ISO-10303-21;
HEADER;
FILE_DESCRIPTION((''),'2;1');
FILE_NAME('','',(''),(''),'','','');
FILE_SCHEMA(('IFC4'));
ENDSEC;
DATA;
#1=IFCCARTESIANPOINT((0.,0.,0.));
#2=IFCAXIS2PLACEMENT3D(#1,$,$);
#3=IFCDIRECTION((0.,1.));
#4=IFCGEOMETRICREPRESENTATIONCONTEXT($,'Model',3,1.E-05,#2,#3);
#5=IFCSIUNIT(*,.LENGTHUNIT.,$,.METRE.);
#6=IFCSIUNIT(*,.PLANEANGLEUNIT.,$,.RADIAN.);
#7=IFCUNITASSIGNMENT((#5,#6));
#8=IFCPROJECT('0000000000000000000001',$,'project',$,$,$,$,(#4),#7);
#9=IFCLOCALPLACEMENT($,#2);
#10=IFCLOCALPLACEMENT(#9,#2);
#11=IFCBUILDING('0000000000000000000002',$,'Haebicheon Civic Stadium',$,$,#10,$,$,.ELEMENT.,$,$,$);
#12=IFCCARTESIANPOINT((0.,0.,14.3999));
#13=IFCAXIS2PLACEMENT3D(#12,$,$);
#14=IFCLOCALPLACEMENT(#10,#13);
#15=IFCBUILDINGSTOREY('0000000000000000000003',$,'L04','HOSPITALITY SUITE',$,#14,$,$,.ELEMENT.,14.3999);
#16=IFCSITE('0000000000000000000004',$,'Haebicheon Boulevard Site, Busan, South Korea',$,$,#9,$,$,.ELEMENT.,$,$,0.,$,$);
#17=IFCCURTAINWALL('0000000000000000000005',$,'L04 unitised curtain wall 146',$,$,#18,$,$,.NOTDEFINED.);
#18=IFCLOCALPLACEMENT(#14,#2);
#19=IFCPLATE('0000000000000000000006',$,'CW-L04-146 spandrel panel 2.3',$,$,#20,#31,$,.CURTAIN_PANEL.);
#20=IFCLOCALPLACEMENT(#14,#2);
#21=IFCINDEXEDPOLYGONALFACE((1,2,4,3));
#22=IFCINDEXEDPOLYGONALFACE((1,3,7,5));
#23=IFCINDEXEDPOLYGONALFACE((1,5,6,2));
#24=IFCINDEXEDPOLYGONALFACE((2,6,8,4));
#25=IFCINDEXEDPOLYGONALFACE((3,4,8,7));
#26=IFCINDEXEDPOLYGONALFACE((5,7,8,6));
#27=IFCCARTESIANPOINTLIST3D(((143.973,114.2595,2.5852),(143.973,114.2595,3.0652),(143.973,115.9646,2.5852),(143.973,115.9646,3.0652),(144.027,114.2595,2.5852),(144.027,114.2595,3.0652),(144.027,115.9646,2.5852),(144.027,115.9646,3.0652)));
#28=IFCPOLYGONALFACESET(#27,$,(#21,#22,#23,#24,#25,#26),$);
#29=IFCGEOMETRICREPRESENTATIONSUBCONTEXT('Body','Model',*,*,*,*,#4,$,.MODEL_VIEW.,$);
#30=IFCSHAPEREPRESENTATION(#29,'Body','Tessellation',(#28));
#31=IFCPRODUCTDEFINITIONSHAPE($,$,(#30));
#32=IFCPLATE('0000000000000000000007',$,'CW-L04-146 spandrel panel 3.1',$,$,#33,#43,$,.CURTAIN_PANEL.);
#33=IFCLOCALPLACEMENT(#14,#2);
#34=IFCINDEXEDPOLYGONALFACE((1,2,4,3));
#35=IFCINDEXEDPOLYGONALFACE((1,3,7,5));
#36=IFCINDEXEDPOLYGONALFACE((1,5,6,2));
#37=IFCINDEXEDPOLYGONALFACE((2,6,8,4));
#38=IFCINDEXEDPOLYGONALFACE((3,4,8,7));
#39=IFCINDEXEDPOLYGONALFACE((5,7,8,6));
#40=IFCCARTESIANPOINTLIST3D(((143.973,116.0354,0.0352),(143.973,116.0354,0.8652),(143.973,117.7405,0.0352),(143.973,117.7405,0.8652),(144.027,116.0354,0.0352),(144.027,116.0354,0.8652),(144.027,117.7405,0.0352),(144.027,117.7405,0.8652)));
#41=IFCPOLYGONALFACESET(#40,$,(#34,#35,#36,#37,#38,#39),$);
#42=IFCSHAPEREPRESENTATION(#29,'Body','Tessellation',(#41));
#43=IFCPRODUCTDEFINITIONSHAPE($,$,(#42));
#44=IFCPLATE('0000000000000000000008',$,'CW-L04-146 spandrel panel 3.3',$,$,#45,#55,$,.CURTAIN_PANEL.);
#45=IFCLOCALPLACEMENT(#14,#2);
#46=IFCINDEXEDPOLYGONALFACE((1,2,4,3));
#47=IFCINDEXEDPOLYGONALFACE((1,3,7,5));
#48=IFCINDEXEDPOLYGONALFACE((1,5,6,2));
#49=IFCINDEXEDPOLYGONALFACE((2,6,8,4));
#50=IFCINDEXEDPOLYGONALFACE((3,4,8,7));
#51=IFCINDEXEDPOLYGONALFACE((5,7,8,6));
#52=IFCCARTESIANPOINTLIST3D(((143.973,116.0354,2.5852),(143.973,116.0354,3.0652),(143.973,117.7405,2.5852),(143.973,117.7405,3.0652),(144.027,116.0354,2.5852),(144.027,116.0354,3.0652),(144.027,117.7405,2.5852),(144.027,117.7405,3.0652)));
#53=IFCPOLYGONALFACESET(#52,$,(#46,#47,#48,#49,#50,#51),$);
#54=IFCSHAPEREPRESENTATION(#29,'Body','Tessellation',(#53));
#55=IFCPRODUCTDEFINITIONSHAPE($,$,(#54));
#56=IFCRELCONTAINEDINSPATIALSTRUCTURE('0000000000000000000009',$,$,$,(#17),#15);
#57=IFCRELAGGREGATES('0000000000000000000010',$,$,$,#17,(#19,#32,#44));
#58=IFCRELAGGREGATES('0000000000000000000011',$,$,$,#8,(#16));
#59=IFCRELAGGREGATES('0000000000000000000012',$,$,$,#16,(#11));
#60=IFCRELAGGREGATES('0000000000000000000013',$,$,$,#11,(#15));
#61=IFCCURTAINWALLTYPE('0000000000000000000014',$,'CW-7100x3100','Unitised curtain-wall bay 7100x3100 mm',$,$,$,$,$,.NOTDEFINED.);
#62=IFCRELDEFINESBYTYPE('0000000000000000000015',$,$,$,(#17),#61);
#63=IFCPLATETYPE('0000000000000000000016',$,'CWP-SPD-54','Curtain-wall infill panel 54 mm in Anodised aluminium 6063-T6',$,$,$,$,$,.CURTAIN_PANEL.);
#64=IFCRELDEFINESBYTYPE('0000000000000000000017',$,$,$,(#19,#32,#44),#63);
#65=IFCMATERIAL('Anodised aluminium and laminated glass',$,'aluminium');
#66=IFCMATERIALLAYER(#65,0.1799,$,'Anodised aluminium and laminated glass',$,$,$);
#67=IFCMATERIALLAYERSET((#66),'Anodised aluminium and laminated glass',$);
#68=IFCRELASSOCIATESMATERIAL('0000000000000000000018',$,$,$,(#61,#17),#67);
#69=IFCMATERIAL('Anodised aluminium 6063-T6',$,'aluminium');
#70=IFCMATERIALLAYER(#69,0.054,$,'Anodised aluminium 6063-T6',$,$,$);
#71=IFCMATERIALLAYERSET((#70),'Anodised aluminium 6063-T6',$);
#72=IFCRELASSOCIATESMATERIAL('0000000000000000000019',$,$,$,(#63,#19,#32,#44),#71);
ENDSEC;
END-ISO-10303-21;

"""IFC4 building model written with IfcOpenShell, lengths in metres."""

from ifc_helpers import new_model, si_unit, direction, frame, origin, origin_2d, place, context, subcontext, project, spatial, rectangle, extrude, material, layer, layer_set, type_object, element, aggregate, save


model = new_model("IFC4")

# Units and contexts
model_context = context("Model", 3, precision=1e-05, world=origin(), true_north=direction((0.0, 1.0)))
body_context = subcontext(model_context, "Body", "Model", "MODEL_VIEW")
ifc_project = project(units=[si_unit("LENGTHUNIT", "METRE"), si_unit("PLANEANGLEUNIT", "RADIAN")], contexts=[model_context])

# Site, building, storey
site_placement = place(None, origin())
site = spatial("IfcSite", under=ifc_project, at=site_placement, Name="Haebicheon Boulevard Site, Busan, South Korea", CompositionType="ELEMENT", RefElevation=0.0)
building_placement = place(site_placement, origin())
building = spatial("IfcBuilding", under=site, at=building_placement, Name="Haebicheon Civic Stadium", CompositionType="ELEMENT")
storey_placement = place(building_placement, frame((0.0, 0.0, 14.3999)))
storey = spatial("IfcBuildingStorey", under=building, at=storey_placement, Name="L04", Description="HOSPITALITY SUITE", CompositionType="ELEMENT", Elevation=14.3999)

# Curtain wall
ifc_material_1 = material(Name="Anodised aluminium and laminated glass", Category="aluminium")
ifc_layer_1 = layer(ifc_material_1, 0.1799, Name="Anodised aluminium and laminated glass")
ifc_layer_set_1 = layer_set([ifc_layer_1], Name="Anodised aluminium and laminated glass")
curtain_wall_type = type_object("IfcCurtainWallType", Name="CW-7100x3100", Description="Unitised curtain-wall bay 7100x3100 mm", PredefinedType="NOTDEFINED", material=ifc_layer_set_1)
curtain_wall_placement = place(storey_placement, origin())
curtain_wall = element("IfcCurtainWall", 1, at=curtain_wall_placement, inside=storey, type_object=curtain_wall_type, material=ifc_layer_set_1, Name="L04 unitised curtain wall 146", PredefinedType="NOTDEFINED")

# Plates
ifc_material_2 = material(Name="Anodised aluminium 6063-T6", Category="aluminium")
ifc_layer_2 = layer(ifc_material_2, 0.054, Name="Anodised aluminium 6063-T6")
ifc_layer_set_2 = layer_set([ifc_layer_2], Name="Anodised aluminium 6063-T6")
plate_type_1 = type_object("IfcPlateType", Name="CWP-SPD-54", Description="Curtain-wall infill panel 54 mm in Anodised aluminium 6063-T6", PredefinedType="CURTAIN_PANEL", material=ifc_layer_set_2)
plate_1_placement = place(storey_placement, frame((144.0, 115.1121, 2.5852), z_axis=(0.0, 0.0, 1.0), x_axis=(0.0, 1.0, 0.0)))
plate_1 = element("IfcPlate", 2, at=plate_1_placement, type_object=plate_type_1, material=ifc_layer_set_2, Name="CW-L04-146 spandrel panel 2.3", PredefinedType="CURTAIN_PANEL", context=body_context, shape_type="SweptSolid", body=[
    extrude(rectangle(XDim=1.7051, YDim=0.054, at=origin_2d()), origin(), (0.0, 0.0, 1.0), 0.48),
])
plate_2_placement = place(storey_placement, frame((144.0, 116.8879, 0.0352), z_axis=(0.0, 0.0, 1.0), x_axis=(0.0, 1.0, 0.0)))
plate_2 = element("IfcPlate", 3, at=plate_2_placement, type_object=plate_type_1, material=ifc_layer_set_2, Name="CW-L04-146 spandrel panel 3.1", PredefinedType="CURTAIN_PANEL", context=body_context, shape_type="SweptSolid", body=[
    extrude(rectangle(XDim=1.7051, YDim=0.054, at=origin_2d()), origin(), (0.0, 0.0, 1.0), 0.8301),
])
plate_3_placement = place(storey_placement, frame((144.0, 116.8879, 2.5852), z_axis=(0.0, 0.0, 1.0), x_axis=(0.0, 1.0, 0.0)))
plate_3 = element("IfcPlate", 4, at=plate_3_placement, type_object=plate_type_1, material=ifc_layer_set_2, Name="CW-L04-146 spandrel panel 3.3", PredefinedType="CURTAIN_PANEL", context=body_context, shape_type="SweptSolid", body=[
    extrude(rectangle(XDim=1.7051, YDim=0.054, at=origin_2d()), origin(), (0.0, 0.0, 1.0), 0.48),
])
aggregate(curtain_wall, [plate_1, plate_2, plate_3])

save(model, "model.ifc")
